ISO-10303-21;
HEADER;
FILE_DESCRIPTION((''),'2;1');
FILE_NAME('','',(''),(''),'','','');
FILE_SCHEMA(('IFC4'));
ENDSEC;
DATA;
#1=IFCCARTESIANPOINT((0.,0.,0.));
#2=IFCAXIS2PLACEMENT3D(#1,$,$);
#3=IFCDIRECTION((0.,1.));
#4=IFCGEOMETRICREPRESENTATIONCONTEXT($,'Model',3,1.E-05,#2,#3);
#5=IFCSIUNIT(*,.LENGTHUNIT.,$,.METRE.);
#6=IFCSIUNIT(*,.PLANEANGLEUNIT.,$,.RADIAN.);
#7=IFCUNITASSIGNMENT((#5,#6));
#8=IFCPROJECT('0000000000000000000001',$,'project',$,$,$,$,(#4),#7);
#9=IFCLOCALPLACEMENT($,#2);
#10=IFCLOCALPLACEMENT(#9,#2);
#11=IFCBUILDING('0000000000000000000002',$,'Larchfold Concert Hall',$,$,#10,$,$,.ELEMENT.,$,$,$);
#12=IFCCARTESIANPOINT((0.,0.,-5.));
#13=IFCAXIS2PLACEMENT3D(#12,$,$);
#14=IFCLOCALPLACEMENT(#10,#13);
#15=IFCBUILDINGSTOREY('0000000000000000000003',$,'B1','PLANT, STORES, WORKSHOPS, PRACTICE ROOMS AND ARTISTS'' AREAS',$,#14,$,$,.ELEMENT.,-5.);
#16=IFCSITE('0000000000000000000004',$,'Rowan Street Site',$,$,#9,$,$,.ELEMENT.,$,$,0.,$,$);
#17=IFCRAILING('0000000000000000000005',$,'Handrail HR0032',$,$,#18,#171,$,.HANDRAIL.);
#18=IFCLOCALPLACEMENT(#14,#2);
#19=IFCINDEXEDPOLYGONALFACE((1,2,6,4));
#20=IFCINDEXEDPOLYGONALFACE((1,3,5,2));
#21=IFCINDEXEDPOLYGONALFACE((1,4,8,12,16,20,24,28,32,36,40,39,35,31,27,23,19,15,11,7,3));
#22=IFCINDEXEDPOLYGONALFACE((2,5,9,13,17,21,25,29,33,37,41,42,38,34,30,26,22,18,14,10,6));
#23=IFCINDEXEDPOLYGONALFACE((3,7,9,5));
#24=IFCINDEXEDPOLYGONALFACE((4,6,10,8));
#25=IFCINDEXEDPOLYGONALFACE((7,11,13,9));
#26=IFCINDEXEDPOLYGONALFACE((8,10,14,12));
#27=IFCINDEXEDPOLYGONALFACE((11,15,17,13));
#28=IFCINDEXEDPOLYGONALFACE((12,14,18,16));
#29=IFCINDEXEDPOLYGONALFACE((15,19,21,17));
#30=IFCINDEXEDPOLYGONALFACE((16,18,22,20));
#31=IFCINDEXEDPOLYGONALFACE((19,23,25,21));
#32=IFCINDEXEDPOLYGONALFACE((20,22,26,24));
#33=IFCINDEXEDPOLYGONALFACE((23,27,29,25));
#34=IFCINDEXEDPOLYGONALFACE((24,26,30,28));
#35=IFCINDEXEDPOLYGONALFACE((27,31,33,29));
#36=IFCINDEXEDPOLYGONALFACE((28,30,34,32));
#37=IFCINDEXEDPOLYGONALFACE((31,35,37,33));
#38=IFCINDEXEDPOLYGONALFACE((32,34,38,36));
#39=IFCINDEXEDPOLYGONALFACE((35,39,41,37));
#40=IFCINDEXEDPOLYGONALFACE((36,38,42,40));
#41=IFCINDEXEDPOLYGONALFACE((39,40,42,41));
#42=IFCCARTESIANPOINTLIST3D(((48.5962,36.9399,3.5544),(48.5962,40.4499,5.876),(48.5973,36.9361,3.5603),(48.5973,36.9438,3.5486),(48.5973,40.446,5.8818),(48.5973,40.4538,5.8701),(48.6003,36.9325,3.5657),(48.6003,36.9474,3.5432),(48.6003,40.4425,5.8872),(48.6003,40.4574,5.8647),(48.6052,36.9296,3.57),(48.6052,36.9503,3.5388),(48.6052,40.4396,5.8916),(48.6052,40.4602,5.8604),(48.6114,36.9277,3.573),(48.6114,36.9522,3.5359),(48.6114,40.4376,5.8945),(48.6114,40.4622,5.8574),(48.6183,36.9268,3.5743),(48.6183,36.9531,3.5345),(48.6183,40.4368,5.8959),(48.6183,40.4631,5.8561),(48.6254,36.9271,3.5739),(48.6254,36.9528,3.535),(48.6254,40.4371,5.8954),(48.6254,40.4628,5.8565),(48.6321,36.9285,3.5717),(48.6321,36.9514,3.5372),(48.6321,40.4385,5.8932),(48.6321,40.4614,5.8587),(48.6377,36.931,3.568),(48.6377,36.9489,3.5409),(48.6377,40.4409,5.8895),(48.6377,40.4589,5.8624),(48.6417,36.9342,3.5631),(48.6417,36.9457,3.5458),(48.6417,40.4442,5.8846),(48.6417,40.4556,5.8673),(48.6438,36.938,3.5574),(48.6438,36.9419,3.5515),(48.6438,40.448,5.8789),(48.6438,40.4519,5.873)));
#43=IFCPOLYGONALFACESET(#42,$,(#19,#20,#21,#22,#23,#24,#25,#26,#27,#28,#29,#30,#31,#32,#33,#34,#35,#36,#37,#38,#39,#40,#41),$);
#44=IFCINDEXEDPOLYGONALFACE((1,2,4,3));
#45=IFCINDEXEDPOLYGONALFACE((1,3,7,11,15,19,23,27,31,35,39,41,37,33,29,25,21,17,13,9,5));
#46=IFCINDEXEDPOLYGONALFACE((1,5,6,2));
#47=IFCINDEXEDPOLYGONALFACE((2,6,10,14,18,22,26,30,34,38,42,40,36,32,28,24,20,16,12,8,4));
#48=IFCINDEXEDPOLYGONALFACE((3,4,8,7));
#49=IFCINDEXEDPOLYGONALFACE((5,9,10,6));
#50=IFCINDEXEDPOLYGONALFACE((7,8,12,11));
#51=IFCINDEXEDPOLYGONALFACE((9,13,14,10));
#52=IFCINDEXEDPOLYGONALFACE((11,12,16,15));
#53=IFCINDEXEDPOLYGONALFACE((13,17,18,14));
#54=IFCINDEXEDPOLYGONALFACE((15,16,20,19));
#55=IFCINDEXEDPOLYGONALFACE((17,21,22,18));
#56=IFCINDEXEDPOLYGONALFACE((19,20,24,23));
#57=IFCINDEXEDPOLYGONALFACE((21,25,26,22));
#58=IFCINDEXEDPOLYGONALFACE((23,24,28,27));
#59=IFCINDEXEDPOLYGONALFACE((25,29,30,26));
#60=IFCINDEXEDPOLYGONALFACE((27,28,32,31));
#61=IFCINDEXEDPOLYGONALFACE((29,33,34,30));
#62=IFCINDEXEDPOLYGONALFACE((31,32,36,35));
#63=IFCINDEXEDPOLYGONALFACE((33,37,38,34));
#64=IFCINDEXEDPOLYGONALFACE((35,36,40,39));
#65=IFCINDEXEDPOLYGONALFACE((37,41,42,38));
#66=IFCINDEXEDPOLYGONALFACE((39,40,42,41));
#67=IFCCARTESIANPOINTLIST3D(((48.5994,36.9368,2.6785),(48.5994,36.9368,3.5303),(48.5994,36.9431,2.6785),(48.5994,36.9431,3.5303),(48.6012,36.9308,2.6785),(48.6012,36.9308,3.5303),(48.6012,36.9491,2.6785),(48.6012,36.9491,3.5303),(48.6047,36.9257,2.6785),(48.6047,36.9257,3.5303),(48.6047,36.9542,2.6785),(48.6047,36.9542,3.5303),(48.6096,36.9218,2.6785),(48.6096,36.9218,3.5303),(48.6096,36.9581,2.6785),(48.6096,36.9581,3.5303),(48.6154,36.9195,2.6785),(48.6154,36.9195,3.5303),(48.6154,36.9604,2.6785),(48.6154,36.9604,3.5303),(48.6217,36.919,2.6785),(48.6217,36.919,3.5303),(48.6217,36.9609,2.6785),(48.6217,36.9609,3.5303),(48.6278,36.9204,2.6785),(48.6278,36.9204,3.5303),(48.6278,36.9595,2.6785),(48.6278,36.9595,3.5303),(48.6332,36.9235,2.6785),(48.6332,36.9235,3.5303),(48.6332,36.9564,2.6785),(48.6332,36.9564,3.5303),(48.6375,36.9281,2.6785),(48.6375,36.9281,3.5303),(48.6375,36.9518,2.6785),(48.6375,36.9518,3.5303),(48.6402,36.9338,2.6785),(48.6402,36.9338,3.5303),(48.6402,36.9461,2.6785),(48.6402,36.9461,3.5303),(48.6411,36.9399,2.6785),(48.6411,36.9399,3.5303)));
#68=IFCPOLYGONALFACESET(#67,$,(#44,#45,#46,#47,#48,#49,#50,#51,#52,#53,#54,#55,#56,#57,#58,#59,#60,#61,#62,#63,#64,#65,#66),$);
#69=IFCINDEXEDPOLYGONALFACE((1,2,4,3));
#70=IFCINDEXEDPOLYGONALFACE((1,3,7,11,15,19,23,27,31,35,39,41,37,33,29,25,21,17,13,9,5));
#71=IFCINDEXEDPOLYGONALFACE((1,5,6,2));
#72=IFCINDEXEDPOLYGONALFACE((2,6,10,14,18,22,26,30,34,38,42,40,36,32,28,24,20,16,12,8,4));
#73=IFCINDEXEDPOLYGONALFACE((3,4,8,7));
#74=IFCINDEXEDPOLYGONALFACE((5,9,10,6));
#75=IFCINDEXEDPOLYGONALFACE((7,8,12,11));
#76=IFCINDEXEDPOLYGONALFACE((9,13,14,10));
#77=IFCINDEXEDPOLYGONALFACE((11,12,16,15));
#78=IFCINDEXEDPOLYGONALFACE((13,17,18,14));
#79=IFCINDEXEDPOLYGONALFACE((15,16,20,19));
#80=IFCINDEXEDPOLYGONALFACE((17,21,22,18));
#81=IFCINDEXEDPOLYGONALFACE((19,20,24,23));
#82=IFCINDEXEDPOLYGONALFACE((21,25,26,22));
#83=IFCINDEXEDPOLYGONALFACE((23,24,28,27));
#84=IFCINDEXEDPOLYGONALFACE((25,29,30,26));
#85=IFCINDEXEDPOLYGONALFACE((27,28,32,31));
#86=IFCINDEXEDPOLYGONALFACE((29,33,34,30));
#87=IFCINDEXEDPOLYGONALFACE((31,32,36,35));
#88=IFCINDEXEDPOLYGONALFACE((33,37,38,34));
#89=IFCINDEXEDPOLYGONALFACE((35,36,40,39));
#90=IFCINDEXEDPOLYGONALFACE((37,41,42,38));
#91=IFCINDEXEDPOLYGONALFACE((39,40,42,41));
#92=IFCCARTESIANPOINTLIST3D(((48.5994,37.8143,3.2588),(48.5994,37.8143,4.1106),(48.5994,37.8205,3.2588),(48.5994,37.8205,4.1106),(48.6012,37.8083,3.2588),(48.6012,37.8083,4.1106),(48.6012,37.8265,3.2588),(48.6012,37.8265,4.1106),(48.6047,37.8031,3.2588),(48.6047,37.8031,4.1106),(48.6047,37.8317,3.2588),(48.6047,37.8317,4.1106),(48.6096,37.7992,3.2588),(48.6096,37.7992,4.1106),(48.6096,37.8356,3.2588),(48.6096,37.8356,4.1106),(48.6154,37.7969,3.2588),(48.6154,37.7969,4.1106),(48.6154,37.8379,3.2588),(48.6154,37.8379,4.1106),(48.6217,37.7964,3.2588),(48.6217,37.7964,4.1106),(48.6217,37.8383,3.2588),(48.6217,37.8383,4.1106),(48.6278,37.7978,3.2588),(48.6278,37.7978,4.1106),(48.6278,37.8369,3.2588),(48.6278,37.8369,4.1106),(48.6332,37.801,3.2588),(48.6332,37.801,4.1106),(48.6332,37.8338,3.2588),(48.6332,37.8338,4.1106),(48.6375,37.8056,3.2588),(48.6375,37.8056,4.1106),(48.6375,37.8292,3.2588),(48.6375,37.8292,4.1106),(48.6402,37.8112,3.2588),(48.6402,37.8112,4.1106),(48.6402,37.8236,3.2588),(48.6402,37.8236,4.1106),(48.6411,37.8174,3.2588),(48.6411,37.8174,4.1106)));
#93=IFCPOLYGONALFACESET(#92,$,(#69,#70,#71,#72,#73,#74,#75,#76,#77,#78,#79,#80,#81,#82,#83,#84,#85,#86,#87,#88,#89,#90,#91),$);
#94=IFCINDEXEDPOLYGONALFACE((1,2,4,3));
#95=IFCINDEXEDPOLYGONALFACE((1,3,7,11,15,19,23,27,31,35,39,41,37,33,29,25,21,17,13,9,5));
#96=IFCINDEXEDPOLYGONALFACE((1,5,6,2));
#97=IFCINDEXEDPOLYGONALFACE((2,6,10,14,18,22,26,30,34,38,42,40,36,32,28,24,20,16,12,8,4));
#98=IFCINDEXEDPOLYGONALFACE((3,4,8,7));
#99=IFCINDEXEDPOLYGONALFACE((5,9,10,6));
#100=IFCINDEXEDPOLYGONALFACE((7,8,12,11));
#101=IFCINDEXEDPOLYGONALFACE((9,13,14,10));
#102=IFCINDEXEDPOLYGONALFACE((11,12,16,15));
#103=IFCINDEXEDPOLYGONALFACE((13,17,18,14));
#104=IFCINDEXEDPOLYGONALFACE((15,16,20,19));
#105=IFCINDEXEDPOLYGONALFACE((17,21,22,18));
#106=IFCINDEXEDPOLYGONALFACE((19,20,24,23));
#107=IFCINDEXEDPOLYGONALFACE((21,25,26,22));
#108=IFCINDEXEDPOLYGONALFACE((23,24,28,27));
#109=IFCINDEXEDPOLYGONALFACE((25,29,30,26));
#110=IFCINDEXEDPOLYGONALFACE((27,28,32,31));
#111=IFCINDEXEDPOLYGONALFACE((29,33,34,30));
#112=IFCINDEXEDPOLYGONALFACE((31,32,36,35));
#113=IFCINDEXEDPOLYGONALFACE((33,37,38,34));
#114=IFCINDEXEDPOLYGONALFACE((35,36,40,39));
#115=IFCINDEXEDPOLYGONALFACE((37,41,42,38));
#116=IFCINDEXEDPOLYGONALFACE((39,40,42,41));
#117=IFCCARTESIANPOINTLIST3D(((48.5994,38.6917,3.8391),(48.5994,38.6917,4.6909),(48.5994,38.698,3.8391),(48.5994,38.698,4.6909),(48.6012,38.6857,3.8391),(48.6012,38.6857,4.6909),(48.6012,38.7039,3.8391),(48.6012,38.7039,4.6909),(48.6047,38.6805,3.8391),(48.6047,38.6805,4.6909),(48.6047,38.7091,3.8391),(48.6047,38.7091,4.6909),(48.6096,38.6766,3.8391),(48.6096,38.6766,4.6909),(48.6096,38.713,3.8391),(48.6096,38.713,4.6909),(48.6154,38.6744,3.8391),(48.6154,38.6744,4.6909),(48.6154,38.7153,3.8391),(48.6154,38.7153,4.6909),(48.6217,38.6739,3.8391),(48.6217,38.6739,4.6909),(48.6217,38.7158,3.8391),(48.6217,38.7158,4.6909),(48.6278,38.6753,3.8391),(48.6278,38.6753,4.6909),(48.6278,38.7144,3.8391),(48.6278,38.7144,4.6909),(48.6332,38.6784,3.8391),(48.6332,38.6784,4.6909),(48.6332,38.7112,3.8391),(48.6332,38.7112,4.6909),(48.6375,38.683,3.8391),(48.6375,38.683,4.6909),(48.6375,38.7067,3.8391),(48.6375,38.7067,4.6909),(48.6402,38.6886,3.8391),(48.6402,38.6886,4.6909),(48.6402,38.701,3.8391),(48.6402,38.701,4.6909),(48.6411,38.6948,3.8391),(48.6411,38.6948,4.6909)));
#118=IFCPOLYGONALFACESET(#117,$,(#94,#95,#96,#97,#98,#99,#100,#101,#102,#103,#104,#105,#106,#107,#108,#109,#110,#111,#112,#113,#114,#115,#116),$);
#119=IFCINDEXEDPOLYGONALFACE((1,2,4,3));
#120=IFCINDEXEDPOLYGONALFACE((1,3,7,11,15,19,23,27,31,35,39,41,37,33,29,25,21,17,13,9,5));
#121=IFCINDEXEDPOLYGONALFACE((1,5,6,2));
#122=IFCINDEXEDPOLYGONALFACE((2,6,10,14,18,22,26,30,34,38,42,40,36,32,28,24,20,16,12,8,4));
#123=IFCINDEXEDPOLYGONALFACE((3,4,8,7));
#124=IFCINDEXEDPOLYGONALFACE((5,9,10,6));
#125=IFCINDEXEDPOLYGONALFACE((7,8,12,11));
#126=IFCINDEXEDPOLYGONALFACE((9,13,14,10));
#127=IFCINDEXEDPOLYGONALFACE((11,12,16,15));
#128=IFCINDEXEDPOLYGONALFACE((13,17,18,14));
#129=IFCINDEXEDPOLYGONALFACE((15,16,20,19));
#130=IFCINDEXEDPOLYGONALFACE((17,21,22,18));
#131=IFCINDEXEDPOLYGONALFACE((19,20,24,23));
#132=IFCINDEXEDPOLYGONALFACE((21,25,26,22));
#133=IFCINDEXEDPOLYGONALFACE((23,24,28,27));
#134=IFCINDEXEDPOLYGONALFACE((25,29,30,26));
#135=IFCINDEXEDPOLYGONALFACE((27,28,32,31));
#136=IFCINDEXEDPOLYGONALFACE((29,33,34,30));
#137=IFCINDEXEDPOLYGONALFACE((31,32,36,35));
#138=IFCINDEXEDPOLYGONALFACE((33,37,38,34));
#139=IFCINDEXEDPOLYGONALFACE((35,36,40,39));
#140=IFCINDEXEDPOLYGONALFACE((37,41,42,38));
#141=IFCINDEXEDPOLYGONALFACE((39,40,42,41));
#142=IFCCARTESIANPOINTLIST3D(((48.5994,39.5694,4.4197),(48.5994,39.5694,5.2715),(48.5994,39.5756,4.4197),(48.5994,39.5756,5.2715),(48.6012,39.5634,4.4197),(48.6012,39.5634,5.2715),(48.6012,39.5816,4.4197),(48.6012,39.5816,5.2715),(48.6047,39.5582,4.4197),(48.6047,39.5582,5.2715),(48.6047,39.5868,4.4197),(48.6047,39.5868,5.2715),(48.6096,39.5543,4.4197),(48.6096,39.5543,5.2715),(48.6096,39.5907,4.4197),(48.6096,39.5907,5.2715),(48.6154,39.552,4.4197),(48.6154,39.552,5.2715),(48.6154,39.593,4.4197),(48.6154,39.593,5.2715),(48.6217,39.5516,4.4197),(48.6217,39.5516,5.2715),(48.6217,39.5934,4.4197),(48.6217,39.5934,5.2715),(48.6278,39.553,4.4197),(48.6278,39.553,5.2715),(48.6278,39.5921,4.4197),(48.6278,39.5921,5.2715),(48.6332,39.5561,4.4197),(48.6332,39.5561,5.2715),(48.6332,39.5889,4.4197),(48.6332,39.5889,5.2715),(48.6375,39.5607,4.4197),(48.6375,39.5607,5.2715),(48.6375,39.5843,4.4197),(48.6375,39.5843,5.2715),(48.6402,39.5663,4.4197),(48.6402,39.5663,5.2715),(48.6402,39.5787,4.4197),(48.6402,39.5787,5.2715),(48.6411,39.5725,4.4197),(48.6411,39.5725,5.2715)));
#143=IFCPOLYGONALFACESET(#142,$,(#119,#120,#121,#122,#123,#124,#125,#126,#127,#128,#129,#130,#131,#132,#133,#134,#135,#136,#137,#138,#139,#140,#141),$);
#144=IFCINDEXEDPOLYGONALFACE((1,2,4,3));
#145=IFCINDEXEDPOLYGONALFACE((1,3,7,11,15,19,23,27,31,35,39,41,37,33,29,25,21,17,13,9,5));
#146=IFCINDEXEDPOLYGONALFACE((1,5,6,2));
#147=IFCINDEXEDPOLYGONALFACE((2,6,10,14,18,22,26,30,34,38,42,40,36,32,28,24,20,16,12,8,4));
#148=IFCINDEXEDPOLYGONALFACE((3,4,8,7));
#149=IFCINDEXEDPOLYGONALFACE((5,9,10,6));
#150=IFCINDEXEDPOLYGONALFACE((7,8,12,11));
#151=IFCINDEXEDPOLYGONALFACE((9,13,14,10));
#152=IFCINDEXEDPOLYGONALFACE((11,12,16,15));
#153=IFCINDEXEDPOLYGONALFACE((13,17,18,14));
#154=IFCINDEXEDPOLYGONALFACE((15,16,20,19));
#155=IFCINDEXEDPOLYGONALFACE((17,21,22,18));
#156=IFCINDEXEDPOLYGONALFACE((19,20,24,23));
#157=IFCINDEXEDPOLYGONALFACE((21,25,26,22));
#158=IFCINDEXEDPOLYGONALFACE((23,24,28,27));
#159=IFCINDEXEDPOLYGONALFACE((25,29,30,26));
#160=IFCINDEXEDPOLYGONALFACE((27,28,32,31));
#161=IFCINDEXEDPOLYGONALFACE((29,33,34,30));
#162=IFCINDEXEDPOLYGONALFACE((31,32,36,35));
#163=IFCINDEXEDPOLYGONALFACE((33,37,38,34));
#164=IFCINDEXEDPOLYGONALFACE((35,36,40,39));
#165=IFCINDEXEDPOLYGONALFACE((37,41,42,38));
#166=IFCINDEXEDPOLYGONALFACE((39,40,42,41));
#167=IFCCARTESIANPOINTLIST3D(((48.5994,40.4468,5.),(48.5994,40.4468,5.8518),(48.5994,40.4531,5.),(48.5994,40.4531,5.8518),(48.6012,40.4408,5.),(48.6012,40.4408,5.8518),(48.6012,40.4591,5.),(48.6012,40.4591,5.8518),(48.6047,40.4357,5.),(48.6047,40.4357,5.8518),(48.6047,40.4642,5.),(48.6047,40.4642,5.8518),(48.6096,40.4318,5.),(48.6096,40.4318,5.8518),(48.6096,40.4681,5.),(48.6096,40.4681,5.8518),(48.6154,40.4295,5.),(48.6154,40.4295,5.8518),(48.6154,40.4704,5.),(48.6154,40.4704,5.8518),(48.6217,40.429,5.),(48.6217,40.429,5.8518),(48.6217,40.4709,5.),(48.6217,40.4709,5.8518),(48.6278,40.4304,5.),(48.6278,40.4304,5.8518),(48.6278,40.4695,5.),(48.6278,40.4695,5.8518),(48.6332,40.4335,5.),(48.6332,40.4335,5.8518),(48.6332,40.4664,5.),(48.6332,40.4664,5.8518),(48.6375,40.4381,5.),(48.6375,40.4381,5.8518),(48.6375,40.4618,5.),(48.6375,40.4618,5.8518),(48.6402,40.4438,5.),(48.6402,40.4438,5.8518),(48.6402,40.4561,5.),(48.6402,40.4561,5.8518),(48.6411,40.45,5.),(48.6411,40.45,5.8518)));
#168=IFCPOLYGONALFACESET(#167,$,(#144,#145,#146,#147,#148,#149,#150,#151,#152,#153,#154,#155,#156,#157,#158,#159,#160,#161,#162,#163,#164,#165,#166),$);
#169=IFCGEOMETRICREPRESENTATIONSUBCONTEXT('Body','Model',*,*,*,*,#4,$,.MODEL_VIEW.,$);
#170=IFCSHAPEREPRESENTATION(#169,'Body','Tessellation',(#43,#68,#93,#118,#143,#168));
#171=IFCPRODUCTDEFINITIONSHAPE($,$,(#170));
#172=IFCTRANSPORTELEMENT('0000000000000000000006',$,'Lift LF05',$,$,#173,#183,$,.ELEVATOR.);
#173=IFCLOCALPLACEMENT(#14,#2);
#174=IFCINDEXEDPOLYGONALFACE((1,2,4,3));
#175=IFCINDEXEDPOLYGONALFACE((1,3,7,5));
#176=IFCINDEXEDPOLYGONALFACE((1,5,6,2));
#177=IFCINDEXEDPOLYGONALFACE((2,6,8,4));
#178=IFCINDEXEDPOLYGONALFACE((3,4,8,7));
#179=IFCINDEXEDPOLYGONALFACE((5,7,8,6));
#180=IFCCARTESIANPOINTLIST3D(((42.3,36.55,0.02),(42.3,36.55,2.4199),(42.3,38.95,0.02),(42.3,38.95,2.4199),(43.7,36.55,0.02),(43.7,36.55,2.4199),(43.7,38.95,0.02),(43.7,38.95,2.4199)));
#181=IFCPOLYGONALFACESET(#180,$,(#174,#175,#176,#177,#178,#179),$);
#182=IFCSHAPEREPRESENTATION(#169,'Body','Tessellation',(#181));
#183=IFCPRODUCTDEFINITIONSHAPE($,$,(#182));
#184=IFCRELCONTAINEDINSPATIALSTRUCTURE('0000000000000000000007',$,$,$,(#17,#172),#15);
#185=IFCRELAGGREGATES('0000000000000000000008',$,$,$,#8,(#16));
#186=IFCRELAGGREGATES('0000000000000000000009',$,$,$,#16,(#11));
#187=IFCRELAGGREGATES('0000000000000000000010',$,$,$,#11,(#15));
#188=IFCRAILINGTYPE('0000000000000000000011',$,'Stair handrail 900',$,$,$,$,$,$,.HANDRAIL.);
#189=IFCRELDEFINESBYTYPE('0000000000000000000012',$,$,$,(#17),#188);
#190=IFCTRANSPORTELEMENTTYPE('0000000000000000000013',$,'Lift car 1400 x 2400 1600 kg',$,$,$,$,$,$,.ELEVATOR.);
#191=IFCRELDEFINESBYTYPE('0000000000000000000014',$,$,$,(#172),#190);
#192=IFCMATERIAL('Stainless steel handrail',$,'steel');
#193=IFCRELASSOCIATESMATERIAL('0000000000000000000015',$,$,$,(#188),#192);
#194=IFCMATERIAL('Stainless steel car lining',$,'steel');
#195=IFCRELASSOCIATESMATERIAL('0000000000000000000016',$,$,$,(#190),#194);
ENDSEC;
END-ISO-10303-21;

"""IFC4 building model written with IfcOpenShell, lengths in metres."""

from ifc_helpers import new_model, si_unit, direction, frame, origin, origin_2d, place, context, subcontext, project, spatial, rectangle, circle, extrude, material, type_object, element, save


model = new_model("IFC4")

# Units and contexts
model_context = context("Model", 3, precision=1e-05, world=origin(), true_north=direction((0.0, 1.0)))
body_context = subcontext(model_context, "Body", "Model", "MODEL_VIEW")
ifc_project = project(units=[si_unit("LENGTHUNIT", "METRE"), si_unit("PLANEANGLEUNIT", "RADIAN")], contexts=[model_context])

# Site, building, storey
site_placement = place(None, origin())
site = spatial("IfcSite", under=ifc_project, at=site_placement, Name="Rowan Street Site", CompositionType="ELEMENT", RefElevation=0.0)
building_placement = place(site_placement, origin())
building = spatial("IfcBuilding", under=site, at=building_placement, Name="Larchfold Concert Hall", CompositionType="ELEMENT")
storey_placement = place(building_placement, frame((0.0, 0.0, -5.0)))
storey = spatial("IfcBuildingStorey", under=building, at=storey_placement, Name="B1", Description="PLANT, STORES, WORKSHOPS, PRACTICE ROOMS AND ARTISTS' AREAS", CompositionType="ELEMENT", Elevation=-5.0)

# Railing
ifc_material_1 = material(Name="Stainless steel handrail", Category="steel")
railing_type_1 = type_object("IfcRailingType", Name="Stair handrail 900", PredefinedType="HANDRAIL", material=ifc_material_1)
for number, where, name in (
    (1, (48.6201, 36.9399, 2.6785), "Handrail HR0032"),
):
    element("IfcRailing", number, at=place(storey_placement, frame(where)), inside=storey, type_object=railing_type_1, Name=name, PredefinedType="HANDRAIL", context=body_context, shape_type="SweptSolid", body=[
        extrude(circle(Radius=0.0239, at=origin_2d()), frame((0.0, 0.0, 0.876), z_axis=(0.0, 0.834071, 0.551657), x_axis=(-1.0, 0.0, 0.0)), (0.0, 0.0, 1.0), 4.2083),
        extrude(circle(Radius=0.021, at=origin_2d()), origin(), (0.0, 0.0, 1.0), 0.8518),
        extrude(circle(Radius=0.021, at=origin_2d()), frame((0.0, 0.8774, 0.5803)), (0.0, 0.0, 1.0), 0.8518),
        extrude(circle(Radius=0.021, at=origin_2d()), frame((0.0, 1.7549, 1.1606)), (0.0, 0.0, 1.0), 0.8518),
        extrude(circle(Radius=0.021, at=origin_2d()), frame((0.0, 2.6326, 1.7412)), (0.0, 0.0, 1.0), 0.8518),
        extrude(circle(Radius=0.021, at=origin_2d()), frame((0.0, 3.51, 2.3215)), (0.0, 0.0, 1.0), 0.8518),
    ])

# Transport element
ifc_material_2 = material(Name="Stainless steel car lining", Category="steel")
transport_element_type = type_object("IfcTransportElementType", Name="Lift car 1400 x 2400 1600 kg", PredefinedType="ELEVATOR", material=ifc_material_2)
transport_element_placement = place(storey_placement, frame((43.0, 37.75, 0.02), z_axis=(0.0, 0.0, 1.0), x_axis=(1.0, 0.0, 0.0)))
element("IfcTransportElement", 2, at=transport_element_placement, inside=storey, type_object=transport_element_type, Name="Lift LF05", PredefinedType="ELEVATOR", context=body_context, shape_type="SweptSolid", body=[
    extrude(rectangle(XDim=1.3999, YDim=2.3999, at=origin_2d()), origin(), (0.0, 0.0, 1.0), 2.3999),
])

save(model, "model.ifc")
